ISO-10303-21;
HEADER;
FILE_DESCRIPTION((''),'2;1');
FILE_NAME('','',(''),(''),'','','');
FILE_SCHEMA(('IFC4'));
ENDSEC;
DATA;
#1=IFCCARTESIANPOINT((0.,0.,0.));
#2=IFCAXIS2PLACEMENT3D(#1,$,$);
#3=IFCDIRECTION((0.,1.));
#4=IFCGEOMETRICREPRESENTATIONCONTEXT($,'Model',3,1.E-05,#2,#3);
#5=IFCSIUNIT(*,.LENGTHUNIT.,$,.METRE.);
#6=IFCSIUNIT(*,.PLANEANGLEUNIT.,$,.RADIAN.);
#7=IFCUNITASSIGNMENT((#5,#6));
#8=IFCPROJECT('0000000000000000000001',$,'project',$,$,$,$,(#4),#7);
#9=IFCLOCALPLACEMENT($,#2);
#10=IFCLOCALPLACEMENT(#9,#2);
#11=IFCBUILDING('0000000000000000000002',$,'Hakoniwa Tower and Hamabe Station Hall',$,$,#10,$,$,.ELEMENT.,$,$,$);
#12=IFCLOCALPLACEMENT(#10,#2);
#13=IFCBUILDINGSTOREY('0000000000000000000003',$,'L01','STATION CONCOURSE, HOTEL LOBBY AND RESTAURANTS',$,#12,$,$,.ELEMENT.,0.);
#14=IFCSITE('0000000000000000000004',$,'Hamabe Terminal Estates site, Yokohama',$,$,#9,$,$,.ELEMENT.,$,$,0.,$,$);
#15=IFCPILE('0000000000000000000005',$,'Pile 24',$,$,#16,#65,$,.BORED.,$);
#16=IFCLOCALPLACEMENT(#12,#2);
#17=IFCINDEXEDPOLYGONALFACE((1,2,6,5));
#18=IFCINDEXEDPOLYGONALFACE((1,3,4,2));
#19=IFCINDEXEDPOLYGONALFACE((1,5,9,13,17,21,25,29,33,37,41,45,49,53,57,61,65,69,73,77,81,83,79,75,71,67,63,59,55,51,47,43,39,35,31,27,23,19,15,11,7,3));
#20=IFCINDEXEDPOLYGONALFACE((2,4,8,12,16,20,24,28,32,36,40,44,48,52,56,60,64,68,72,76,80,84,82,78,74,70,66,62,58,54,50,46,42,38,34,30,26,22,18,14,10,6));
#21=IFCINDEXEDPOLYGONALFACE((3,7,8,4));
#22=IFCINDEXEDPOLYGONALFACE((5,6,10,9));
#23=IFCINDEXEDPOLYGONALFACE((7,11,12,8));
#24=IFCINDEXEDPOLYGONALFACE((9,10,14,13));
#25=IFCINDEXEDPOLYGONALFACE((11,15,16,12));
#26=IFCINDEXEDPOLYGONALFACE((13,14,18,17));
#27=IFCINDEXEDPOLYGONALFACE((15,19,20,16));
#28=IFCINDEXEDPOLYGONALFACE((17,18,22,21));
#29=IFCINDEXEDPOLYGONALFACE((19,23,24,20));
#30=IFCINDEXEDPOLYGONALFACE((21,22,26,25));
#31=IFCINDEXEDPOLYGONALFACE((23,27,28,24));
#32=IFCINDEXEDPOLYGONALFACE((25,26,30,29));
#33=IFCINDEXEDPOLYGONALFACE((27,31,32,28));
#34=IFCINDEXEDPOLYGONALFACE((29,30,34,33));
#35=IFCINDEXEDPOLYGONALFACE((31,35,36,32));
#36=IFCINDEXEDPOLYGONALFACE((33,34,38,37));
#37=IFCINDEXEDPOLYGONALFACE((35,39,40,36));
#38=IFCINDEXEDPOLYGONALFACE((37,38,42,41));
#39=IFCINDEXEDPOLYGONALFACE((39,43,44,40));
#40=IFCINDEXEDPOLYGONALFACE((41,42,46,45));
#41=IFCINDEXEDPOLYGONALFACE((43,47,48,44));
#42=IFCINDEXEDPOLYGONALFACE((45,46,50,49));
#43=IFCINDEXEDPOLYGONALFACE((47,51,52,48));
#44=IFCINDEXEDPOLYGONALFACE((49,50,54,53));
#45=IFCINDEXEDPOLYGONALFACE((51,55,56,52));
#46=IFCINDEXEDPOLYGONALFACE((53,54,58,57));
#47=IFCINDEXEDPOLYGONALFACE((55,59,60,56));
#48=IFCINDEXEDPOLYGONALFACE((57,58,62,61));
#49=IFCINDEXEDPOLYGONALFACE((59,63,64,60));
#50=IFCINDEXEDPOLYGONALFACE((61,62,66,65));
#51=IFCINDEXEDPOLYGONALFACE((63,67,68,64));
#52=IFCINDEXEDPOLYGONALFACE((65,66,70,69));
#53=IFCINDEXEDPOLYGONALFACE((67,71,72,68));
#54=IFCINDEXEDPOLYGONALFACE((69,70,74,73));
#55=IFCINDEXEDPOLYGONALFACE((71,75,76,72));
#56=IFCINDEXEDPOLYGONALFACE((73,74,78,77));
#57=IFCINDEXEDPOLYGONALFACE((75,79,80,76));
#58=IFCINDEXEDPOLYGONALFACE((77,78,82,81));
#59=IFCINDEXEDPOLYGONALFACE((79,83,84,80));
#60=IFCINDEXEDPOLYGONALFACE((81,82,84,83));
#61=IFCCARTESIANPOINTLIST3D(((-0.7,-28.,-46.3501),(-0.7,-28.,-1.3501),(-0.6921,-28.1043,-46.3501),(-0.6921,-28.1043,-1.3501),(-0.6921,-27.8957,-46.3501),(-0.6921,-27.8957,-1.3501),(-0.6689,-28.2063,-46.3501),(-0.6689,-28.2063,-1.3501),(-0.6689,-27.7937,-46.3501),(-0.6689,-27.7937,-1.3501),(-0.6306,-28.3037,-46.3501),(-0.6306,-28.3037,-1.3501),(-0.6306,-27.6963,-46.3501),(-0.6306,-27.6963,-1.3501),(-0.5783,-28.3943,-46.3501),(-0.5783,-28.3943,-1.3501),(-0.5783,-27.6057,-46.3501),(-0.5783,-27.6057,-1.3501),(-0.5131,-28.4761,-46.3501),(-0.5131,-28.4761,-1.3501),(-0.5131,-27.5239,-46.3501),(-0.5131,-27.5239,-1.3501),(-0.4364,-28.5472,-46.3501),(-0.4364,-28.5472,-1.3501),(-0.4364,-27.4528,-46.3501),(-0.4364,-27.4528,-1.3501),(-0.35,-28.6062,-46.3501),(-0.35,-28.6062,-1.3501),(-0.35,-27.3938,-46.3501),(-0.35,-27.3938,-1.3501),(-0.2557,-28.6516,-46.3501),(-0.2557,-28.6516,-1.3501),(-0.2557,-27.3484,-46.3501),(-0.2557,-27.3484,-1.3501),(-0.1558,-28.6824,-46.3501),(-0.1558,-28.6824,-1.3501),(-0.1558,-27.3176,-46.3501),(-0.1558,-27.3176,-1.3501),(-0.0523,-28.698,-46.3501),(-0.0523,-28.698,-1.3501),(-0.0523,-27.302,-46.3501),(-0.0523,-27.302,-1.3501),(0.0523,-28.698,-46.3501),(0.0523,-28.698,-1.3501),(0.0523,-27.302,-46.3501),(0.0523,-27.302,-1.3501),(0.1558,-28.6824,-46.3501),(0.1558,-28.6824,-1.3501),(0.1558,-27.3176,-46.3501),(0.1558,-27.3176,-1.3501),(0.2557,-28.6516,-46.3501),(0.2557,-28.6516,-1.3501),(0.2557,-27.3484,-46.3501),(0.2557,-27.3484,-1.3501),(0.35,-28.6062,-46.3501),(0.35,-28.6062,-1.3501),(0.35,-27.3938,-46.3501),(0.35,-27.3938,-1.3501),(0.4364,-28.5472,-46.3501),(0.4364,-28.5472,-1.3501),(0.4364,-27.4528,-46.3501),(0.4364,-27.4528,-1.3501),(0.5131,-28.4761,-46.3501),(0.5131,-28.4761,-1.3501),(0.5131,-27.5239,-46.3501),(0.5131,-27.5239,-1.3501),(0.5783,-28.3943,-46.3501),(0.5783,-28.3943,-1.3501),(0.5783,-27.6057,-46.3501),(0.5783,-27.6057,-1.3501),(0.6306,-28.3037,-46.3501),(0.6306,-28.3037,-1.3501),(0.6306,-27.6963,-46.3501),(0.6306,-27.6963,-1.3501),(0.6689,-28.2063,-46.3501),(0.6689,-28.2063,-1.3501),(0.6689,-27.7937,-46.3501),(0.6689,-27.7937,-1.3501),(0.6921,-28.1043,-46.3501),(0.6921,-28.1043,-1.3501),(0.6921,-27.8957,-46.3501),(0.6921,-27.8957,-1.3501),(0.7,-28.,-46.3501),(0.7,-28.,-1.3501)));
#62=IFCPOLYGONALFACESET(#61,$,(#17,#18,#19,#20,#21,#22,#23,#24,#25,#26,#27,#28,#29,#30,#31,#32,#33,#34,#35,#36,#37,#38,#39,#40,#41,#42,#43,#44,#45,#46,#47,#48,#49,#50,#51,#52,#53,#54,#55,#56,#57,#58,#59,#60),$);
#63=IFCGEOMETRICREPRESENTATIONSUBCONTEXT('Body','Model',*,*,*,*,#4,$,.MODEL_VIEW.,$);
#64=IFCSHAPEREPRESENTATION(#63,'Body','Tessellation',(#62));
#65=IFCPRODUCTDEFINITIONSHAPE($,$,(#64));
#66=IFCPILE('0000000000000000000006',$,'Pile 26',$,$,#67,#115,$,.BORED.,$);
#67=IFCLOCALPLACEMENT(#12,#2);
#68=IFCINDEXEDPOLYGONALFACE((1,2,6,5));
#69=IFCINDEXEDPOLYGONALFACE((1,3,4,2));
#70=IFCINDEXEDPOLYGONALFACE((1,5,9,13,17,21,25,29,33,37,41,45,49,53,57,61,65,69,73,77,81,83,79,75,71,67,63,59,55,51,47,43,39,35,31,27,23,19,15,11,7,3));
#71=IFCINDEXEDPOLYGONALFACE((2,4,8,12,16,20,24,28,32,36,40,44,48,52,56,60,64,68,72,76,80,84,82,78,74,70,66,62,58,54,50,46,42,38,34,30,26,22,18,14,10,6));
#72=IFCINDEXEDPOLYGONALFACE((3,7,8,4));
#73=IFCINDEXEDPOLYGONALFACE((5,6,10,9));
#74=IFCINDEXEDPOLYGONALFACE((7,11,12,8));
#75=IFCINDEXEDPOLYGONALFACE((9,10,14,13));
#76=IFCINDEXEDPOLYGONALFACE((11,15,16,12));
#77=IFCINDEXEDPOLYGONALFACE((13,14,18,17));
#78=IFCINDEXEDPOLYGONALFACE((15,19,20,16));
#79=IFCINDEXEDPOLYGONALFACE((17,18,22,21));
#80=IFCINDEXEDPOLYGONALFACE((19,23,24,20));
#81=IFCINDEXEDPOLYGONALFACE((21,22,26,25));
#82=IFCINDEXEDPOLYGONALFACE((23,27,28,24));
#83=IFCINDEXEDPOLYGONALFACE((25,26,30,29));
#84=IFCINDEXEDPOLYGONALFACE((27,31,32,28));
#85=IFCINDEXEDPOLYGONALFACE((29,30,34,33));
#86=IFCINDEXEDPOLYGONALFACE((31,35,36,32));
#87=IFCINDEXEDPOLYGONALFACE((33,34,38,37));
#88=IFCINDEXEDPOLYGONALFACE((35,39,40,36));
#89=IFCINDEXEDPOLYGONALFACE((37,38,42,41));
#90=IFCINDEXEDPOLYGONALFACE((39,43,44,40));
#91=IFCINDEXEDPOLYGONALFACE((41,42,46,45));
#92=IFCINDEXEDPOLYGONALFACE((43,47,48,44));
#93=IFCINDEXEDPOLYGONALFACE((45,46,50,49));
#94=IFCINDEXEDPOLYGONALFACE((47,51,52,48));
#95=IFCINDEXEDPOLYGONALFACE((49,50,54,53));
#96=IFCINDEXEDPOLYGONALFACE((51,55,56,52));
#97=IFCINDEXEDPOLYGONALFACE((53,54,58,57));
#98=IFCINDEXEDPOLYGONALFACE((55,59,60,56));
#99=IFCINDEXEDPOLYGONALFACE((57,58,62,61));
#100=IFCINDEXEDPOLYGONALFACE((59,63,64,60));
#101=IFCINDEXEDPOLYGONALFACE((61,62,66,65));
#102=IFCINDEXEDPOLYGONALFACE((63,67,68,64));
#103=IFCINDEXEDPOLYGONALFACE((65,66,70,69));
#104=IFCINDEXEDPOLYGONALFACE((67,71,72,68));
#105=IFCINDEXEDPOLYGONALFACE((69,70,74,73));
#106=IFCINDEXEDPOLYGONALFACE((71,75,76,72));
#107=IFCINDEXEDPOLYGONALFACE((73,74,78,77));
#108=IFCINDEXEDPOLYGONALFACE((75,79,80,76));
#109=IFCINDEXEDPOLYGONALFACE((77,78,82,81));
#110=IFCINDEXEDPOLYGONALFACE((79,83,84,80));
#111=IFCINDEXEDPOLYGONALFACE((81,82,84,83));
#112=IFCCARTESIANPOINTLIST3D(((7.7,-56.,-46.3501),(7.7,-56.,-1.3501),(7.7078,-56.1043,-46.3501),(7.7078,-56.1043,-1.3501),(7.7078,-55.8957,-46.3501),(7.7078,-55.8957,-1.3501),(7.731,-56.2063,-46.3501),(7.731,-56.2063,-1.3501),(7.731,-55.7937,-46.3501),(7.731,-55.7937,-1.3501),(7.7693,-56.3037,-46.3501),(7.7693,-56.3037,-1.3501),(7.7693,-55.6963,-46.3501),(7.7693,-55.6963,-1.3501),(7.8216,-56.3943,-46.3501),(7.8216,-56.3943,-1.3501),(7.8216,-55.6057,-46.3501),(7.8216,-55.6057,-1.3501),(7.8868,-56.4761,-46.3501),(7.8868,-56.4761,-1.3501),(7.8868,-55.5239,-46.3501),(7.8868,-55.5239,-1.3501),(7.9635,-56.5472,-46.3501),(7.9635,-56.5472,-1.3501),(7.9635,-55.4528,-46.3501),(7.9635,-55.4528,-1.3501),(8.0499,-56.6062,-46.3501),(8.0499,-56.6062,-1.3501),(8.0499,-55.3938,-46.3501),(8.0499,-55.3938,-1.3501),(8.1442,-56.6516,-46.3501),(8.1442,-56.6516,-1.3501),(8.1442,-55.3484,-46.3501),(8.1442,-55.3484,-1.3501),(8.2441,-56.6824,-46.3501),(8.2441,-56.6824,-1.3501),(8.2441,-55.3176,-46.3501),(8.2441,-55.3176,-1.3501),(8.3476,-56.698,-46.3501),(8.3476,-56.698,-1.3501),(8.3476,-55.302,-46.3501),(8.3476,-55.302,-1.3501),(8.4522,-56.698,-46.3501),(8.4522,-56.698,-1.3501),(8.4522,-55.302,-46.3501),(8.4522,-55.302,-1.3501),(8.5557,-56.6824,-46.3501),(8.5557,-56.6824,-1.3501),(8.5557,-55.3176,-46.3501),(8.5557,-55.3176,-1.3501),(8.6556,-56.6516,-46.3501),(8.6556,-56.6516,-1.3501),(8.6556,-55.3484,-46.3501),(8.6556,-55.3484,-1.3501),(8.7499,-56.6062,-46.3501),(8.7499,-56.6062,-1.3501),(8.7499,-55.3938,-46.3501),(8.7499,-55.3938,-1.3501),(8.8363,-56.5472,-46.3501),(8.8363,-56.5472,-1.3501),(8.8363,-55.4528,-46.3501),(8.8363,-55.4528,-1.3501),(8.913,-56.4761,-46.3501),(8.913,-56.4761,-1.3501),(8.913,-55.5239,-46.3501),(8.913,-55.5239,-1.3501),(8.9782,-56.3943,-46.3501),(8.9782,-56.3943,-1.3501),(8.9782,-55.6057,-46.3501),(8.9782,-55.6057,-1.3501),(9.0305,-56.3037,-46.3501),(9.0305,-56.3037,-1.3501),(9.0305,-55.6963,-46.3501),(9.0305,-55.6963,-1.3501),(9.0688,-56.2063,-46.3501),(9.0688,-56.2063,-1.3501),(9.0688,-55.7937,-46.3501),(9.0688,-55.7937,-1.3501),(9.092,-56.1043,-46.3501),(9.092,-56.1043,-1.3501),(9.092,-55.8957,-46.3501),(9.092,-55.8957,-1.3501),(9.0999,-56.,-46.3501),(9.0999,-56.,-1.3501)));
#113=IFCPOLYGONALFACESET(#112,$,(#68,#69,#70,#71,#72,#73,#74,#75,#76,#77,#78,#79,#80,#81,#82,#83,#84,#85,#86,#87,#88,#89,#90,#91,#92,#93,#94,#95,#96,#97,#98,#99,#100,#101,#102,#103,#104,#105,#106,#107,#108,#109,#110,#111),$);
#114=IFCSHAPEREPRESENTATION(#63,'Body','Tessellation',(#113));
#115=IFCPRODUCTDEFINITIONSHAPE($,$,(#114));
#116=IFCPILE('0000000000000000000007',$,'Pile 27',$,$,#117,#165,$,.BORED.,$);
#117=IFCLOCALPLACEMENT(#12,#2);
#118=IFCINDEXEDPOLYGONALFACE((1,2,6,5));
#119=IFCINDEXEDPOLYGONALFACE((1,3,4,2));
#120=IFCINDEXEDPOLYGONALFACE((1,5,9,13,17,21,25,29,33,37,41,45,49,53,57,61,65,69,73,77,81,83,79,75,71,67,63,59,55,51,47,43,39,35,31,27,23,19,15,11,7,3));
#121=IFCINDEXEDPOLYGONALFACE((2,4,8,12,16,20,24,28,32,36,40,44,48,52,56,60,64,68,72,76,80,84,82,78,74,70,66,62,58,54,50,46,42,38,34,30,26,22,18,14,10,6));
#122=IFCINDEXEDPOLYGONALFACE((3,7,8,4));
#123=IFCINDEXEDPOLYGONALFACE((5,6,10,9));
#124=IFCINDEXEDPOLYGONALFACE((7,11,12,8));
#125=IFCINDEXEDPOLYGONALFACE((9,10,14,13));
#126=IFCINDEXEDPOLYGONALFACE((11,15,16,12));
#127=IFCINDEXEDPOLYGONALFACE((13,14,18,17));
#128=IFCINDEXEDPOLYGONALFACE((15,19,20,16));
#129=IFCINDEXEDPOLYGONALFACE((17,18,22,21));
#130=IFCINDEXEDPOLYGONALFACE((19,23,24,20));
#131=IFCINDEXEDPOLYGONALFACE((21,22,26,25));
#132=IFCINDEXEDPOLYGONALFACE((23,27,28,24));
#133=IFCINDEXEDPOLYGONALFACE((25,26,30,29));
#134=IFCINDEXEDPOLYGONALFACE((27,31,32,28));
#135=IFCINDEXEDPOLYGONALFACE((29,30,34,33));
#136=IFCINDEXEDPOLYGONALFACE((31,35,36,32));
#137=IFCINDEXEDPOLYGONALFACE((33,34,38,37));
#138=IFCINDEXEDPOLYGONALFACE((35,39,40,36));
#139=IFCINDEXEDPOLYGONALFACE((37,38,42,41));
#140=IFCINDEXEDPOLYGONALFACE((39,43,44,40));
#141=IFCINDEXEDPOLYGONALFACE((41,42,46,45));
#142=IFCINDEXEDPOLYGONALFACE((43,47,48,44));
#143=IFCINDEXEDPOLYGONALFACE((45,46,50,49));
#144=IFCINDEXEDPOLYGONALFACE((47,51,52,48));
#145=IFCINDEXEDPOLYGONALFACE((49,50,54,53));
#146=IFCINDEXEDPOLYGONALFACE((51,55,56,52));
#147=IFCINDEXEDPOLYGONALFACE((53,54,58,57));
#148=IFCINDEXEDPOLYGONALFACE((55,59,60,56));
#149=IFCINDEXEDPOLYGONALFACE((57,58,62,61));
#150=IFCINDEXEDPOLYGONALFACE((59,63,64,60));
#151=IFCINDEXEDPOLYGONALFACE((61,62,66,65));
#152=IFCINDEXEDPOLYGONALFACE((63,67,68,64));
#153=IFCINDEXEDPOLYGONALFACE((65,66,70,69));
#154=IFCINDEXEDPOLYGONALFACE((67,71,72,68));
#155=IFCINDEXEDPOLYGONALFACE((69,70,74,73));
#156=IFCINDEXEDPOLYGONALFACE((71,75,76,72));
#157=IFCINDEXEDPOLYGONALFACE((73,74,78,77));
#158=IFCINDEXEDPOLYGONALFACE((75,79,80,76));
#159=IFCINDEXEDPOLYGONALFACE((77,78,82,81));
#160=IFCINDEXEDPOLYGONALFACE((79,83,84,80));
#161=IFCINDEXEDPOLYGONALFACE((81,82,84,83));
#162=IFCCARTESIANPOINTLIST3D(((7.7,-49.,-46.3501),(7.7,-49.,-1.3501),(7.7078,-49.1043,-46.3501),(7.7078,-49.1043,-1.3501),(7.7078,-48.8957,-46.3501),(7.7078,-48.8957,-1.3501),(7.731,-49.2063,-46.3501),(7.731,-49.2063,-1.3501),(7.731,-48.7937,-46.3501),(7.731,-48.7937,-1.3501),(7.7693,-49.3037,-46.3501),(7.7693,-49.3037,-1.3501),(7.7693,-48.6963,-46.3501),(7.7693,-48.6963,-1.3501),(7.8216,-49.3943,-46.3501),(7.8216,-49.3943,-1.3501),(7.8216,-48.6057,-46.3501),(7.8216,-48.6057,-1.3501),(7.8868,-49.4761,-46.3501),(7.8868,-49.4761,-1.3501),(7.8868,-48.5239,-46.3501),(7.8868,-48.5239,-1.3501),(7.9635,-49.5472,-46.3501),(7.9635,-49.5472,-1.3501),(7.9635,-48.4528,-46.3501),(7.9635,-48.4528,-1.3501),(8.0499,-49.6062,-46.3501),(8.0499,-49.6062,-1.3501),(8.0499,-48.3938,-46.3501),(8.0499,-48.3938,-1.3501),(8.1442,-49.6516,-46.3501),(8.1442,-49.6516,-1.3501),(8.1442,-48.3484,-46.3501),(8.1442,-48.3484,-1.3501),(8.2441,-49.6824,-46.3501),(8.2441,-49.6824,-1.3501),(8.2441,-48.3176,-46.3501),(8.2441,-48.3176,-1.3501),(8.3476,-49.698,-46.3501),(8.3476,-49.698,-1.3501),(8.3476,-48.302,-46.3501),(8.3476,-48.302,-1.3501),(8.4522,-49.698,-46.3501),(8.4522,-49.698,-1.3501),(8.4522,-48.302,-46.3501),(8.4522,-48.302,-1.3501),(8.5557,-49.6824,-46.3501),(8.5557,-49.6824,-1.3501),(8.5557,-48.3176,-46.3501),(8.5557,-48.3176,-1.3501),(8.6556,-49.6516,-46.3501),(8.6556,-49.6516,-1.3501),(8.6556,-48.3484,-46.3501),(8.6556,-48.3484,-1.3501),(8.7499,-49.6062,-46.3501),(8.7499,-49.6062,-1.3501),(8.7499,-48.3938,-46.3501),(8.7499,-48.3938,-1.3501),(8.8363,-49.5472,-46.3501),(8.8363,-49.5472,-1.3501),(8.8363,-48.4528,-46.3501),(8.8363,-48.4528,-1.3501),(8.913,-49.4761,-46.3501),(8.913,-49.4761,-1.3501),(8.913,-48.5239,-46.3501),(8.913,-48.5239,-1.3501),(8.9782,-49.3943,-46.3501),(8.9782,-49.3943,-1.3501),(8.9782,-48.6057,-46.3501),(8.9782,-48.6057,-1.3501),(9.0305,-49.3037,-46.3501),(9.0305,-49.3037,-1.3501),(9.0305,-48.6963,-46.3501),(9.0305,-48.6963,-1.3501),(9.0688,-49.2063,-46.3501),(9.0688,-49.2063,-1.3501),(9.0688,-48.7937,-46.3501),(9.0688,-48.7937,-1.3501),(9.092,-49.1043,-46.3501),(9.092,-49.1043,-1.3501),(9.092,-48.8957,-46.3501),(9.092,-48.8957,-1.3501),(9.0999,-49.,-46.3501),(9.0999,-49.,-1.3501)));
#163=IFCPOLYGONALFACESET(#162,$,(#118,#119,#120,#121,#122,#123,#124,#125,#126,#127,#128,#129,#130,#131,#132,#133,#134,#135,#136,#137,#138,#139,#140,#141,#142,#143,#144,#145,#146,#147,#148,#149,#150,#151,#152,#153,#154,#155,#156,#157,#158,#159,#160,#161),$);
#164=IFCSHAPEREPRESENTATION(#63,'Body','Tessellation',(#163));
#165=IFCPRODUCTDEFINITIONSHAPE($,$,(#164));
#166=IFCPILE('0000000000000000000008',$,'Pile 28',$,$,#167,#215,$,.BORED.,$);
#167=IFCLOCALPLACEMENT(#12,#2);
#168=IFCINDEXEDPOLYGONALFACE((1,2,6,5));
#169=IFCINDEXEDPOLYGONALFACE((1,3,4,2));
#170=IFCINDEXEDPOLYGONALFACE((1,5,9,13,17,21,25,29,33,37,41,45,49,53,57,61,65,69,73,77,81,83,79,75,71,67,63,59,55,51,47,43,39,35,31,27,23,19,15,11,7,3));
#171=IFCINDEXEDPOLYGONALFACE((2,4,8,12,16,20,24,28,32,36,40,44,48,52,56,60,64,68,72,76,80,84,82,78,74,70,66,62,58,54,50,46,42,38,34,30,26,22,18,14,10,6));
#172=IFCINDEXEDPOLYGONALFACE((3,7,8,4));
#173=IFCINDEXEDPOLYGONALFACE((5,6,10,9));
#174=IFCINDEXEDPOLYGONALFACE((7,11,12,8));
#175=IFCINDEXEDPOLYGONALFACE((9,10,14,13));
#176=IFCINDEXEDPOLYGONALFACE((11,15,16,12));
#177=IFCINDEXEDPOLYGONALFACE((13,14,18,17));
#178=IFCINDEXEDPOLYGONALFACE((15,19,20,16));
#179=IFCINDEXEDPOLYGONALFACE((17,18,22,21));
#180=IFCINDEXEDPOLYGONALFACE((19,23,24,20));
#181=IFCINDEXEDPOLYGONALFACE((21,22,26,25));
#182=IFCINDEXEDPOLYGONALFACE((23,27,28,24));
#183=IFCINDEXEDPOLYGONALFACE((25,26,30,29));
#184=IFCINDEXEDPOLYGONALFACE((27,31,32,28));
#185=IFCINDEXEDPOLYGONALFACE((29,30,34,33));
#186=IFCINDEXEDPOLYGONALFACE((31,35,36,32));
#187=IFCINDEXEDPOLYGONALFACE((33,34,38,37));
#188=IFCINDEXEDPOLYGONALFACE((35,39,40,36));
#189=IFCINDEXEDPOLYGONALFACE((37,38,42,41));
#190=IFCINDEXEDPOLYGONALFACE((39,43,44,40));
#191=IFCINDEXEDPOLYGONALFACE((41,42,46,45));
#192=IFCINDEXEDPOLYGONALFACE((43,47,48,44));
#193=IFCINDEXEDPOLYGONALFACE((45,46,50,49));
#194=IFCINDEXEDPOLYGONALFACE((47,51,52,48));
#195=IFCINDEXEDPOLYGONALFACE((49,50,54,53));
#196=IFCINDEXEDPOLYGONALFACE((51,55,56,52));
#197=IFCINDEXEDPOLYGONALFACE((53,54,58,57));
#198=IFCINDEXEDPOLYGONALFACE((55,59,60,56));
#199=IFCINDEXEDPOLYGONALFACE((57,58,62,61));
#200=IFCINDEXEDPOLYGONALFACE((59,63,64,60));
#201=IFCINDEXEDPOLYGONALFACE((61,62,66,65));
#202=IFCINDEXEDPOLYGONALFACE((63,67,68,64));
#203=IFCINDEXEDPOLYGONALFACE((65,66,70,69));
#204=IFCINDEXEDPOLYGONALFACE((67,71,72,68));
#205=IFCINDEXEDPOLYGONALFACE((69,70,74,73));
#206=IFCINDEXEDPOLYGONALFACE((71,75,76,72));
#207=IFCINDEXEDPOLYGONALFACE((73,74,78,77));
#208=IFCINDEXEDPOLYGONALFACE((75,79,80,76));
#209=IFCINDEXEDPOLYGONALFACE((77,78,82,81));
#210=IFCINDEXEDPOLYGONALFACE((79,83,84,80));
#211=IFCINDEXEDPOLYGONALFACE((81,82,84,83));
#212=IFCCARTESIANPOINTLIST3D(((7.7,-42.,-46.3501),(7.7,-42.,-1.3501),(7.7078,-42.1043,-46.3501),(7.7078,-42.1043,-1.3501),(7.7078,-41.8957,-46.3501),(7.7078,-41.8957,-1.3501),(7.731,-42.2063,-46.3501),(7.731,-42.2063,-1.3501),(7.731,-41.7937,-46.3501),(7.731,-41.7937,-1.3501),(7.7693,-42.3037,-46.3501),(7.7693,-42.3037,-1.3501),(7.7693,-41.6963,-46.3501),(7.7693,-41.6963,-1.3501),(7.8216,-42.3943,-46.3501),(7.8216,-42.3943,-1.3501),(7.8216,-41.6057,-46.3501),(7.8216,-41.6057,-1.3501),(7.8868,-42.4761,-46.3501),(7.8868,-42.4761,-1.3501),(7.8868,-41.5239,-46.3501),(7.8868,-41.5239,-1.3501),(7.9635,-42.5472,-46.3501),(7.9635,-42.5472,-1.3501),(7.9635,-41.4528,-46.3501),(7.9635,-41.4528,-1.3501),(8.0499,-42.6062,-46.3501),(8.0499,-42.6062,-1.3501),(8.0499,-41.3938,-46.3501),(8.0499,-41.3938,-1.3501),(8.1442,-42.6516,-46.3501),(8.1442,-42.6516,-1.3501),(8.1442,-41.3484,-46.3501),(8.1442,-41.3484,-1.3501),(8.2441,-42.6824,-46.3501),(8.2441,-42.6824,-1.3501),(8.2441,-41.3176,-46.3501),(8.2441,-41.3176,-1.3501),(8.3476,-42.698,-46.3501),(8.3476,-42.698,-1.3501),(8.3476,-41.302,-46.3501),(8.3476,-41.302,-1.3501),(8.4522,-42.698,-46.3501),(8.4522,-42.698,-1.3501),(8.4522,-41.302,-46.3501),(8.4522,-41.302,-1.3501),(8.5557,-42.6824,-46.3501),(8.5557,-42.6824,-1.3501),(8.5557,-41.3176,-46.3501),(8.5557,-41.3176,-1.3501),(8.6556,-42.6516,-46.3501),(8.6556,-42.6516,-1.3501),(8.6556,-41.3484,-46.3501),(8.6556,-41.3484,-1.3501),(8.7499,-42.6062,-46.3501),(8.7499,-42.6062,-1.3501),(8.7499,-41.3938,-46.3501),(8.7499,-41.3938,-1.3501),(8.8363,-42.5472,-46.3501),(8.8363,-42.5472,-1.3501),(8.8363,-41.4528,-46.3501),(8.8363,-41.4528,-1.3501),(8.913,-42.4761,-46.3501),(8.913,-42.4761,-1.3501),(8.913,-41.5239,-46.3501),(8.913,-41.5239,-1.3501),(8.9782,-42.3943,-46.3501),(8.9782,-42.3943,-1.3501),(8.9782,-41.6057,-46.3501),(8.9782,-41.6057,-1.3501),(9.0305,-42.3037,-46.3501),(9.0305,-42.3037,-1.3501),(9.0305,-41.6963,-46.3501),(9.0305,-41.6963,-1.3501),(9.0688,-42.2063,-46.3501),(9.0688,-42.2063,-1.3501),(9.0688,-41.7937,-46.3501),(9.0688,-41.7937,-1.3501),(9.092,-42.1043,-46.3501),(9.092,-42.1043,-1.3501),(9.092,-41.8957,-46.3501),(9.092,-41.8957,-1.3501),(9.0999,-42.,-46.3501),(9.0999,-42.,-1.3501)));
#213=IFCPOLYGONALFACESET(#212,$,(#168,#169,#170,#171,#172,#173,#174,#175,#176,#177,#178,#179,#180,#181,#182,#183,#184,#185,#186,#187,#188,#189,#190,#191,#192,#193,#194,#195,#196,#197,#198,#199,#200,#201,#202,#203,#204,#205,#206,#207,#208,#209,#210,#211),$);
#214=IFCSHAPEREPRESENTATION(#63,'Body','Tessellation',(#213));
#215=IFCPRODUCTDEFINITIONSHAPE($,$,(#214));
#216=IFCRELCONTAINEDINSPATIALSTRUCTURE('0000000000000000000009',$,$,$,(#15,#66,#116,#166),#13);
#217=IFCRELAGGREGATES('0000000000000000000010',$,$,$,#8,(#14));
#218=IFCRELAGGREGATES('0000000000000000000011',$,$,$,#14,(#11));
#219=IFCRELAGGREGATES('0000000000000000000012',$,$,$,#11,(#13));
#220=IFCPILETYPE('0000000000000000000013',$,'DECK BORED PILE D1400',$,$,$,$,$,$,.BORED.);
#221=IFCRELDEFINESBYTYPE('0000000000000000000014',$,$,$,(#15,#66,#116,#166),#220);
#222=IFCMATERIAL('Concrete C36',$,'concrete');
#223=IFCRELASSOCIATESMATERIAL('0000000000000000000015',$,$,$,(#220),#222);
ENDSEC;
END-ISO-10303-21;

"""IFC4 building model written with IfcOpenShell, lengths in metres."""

from ifc_helpers import new_model, si_unit, direction, frame, origin, origin_2d, place, context, subcontext, project, spatial, circle, extrude, material, material_profile, profile_set, type_object, element, save


model = new_model("IFC4")

# Units and contexts
model_context = context("Model", 3, precision=1e-05, world=origin(), true_north=direction((0.0, 1.0)))
body_context = subcontext(model_context, "Body", "Model", "MODEL_VIEW")
ifc_project = project(units=[si_unit("LENGTHUNIT", "METRE"), si_unit("PLANEANGLEUNIT", "RADIAN")], contexts=[model_context])

# Site, building, storey
site_placement = place(None, origin())
site = spatial("IfcSite", under=ifc_project, at=site_placement, Name="Hamabe Terminal Estates site, Yokohama", CompositionType="ELEMENT", RefElevation=0.0)
building_placement = place(site_placement, origin())
building = spatial("IfcBuilding", under=site, at=building_placement, Name="Hakoniwa Tower and Hamabe Station Hall", CompositionType="ELEMENT")
storey_placement = place(building_placement, origin())
storey = spatial("IfcBuildingStorey", under=building, at=storey_placement, Name="L01", Description="STATION CONCOURSE, HOTEL LOBBY AND RESTAURANTS", CompositionType="ELEMENT", Elevation=0.0)

# Piles
ifc_material_1 = material(Name="Concrete C36", Category="concrete")
ifc_material_profile_1 = material_profile(ifc_material_1, circle(Radius=0.7, at=origin_2d()), Name="DECK BORED PILE D1400")
ifc_profile_set_1 = profile_set([ifc_material_profile_1], Name="Concrete C36")
pile_type = type_object("IfcPileType", Name="DECK BORED PILE D1400", PredefinedType="BORED", material=ifc_profile_set_1)
for number, where, z_axis, x_axis, name in (
    (1, (0.0, -28.0, -1.3501), (0.0, 0.0, -1.0), (1.0, 0.0, 0.0), "Pile 24"),
    (2, (8.3999, -56.0, -1.3501), (0.0, 0.0, -1.0), (1.0, 0.0, 0.0), "Pile 26"),
    (3, (8.3999, -49.0, -1.3501), (0.0, 0.0, -1.0), (1.0, 0.0, 0.0), "Pile 27"),
    (4, (8.3999, -42.0, -1.3501), (0.0, 0.0, -1.0), (1.0, 0.0, 0.0), "Pile 28"),
):
    element("IfcPile", number, at=place(storey_placement, frame(where, z_axis=z_axis, x_axis=x_axis)), inside=storey, type_object=pile_type, Name=name, PredefinedType="BORED", context=body_context, shape_type="SweptSolid", body=[
        extrude(circle(Radius=0.7, at=origin_2d()), origin(), (0.0, 0.0, 1.0), 45.0),
    ])

save(model, "model.ifc")
